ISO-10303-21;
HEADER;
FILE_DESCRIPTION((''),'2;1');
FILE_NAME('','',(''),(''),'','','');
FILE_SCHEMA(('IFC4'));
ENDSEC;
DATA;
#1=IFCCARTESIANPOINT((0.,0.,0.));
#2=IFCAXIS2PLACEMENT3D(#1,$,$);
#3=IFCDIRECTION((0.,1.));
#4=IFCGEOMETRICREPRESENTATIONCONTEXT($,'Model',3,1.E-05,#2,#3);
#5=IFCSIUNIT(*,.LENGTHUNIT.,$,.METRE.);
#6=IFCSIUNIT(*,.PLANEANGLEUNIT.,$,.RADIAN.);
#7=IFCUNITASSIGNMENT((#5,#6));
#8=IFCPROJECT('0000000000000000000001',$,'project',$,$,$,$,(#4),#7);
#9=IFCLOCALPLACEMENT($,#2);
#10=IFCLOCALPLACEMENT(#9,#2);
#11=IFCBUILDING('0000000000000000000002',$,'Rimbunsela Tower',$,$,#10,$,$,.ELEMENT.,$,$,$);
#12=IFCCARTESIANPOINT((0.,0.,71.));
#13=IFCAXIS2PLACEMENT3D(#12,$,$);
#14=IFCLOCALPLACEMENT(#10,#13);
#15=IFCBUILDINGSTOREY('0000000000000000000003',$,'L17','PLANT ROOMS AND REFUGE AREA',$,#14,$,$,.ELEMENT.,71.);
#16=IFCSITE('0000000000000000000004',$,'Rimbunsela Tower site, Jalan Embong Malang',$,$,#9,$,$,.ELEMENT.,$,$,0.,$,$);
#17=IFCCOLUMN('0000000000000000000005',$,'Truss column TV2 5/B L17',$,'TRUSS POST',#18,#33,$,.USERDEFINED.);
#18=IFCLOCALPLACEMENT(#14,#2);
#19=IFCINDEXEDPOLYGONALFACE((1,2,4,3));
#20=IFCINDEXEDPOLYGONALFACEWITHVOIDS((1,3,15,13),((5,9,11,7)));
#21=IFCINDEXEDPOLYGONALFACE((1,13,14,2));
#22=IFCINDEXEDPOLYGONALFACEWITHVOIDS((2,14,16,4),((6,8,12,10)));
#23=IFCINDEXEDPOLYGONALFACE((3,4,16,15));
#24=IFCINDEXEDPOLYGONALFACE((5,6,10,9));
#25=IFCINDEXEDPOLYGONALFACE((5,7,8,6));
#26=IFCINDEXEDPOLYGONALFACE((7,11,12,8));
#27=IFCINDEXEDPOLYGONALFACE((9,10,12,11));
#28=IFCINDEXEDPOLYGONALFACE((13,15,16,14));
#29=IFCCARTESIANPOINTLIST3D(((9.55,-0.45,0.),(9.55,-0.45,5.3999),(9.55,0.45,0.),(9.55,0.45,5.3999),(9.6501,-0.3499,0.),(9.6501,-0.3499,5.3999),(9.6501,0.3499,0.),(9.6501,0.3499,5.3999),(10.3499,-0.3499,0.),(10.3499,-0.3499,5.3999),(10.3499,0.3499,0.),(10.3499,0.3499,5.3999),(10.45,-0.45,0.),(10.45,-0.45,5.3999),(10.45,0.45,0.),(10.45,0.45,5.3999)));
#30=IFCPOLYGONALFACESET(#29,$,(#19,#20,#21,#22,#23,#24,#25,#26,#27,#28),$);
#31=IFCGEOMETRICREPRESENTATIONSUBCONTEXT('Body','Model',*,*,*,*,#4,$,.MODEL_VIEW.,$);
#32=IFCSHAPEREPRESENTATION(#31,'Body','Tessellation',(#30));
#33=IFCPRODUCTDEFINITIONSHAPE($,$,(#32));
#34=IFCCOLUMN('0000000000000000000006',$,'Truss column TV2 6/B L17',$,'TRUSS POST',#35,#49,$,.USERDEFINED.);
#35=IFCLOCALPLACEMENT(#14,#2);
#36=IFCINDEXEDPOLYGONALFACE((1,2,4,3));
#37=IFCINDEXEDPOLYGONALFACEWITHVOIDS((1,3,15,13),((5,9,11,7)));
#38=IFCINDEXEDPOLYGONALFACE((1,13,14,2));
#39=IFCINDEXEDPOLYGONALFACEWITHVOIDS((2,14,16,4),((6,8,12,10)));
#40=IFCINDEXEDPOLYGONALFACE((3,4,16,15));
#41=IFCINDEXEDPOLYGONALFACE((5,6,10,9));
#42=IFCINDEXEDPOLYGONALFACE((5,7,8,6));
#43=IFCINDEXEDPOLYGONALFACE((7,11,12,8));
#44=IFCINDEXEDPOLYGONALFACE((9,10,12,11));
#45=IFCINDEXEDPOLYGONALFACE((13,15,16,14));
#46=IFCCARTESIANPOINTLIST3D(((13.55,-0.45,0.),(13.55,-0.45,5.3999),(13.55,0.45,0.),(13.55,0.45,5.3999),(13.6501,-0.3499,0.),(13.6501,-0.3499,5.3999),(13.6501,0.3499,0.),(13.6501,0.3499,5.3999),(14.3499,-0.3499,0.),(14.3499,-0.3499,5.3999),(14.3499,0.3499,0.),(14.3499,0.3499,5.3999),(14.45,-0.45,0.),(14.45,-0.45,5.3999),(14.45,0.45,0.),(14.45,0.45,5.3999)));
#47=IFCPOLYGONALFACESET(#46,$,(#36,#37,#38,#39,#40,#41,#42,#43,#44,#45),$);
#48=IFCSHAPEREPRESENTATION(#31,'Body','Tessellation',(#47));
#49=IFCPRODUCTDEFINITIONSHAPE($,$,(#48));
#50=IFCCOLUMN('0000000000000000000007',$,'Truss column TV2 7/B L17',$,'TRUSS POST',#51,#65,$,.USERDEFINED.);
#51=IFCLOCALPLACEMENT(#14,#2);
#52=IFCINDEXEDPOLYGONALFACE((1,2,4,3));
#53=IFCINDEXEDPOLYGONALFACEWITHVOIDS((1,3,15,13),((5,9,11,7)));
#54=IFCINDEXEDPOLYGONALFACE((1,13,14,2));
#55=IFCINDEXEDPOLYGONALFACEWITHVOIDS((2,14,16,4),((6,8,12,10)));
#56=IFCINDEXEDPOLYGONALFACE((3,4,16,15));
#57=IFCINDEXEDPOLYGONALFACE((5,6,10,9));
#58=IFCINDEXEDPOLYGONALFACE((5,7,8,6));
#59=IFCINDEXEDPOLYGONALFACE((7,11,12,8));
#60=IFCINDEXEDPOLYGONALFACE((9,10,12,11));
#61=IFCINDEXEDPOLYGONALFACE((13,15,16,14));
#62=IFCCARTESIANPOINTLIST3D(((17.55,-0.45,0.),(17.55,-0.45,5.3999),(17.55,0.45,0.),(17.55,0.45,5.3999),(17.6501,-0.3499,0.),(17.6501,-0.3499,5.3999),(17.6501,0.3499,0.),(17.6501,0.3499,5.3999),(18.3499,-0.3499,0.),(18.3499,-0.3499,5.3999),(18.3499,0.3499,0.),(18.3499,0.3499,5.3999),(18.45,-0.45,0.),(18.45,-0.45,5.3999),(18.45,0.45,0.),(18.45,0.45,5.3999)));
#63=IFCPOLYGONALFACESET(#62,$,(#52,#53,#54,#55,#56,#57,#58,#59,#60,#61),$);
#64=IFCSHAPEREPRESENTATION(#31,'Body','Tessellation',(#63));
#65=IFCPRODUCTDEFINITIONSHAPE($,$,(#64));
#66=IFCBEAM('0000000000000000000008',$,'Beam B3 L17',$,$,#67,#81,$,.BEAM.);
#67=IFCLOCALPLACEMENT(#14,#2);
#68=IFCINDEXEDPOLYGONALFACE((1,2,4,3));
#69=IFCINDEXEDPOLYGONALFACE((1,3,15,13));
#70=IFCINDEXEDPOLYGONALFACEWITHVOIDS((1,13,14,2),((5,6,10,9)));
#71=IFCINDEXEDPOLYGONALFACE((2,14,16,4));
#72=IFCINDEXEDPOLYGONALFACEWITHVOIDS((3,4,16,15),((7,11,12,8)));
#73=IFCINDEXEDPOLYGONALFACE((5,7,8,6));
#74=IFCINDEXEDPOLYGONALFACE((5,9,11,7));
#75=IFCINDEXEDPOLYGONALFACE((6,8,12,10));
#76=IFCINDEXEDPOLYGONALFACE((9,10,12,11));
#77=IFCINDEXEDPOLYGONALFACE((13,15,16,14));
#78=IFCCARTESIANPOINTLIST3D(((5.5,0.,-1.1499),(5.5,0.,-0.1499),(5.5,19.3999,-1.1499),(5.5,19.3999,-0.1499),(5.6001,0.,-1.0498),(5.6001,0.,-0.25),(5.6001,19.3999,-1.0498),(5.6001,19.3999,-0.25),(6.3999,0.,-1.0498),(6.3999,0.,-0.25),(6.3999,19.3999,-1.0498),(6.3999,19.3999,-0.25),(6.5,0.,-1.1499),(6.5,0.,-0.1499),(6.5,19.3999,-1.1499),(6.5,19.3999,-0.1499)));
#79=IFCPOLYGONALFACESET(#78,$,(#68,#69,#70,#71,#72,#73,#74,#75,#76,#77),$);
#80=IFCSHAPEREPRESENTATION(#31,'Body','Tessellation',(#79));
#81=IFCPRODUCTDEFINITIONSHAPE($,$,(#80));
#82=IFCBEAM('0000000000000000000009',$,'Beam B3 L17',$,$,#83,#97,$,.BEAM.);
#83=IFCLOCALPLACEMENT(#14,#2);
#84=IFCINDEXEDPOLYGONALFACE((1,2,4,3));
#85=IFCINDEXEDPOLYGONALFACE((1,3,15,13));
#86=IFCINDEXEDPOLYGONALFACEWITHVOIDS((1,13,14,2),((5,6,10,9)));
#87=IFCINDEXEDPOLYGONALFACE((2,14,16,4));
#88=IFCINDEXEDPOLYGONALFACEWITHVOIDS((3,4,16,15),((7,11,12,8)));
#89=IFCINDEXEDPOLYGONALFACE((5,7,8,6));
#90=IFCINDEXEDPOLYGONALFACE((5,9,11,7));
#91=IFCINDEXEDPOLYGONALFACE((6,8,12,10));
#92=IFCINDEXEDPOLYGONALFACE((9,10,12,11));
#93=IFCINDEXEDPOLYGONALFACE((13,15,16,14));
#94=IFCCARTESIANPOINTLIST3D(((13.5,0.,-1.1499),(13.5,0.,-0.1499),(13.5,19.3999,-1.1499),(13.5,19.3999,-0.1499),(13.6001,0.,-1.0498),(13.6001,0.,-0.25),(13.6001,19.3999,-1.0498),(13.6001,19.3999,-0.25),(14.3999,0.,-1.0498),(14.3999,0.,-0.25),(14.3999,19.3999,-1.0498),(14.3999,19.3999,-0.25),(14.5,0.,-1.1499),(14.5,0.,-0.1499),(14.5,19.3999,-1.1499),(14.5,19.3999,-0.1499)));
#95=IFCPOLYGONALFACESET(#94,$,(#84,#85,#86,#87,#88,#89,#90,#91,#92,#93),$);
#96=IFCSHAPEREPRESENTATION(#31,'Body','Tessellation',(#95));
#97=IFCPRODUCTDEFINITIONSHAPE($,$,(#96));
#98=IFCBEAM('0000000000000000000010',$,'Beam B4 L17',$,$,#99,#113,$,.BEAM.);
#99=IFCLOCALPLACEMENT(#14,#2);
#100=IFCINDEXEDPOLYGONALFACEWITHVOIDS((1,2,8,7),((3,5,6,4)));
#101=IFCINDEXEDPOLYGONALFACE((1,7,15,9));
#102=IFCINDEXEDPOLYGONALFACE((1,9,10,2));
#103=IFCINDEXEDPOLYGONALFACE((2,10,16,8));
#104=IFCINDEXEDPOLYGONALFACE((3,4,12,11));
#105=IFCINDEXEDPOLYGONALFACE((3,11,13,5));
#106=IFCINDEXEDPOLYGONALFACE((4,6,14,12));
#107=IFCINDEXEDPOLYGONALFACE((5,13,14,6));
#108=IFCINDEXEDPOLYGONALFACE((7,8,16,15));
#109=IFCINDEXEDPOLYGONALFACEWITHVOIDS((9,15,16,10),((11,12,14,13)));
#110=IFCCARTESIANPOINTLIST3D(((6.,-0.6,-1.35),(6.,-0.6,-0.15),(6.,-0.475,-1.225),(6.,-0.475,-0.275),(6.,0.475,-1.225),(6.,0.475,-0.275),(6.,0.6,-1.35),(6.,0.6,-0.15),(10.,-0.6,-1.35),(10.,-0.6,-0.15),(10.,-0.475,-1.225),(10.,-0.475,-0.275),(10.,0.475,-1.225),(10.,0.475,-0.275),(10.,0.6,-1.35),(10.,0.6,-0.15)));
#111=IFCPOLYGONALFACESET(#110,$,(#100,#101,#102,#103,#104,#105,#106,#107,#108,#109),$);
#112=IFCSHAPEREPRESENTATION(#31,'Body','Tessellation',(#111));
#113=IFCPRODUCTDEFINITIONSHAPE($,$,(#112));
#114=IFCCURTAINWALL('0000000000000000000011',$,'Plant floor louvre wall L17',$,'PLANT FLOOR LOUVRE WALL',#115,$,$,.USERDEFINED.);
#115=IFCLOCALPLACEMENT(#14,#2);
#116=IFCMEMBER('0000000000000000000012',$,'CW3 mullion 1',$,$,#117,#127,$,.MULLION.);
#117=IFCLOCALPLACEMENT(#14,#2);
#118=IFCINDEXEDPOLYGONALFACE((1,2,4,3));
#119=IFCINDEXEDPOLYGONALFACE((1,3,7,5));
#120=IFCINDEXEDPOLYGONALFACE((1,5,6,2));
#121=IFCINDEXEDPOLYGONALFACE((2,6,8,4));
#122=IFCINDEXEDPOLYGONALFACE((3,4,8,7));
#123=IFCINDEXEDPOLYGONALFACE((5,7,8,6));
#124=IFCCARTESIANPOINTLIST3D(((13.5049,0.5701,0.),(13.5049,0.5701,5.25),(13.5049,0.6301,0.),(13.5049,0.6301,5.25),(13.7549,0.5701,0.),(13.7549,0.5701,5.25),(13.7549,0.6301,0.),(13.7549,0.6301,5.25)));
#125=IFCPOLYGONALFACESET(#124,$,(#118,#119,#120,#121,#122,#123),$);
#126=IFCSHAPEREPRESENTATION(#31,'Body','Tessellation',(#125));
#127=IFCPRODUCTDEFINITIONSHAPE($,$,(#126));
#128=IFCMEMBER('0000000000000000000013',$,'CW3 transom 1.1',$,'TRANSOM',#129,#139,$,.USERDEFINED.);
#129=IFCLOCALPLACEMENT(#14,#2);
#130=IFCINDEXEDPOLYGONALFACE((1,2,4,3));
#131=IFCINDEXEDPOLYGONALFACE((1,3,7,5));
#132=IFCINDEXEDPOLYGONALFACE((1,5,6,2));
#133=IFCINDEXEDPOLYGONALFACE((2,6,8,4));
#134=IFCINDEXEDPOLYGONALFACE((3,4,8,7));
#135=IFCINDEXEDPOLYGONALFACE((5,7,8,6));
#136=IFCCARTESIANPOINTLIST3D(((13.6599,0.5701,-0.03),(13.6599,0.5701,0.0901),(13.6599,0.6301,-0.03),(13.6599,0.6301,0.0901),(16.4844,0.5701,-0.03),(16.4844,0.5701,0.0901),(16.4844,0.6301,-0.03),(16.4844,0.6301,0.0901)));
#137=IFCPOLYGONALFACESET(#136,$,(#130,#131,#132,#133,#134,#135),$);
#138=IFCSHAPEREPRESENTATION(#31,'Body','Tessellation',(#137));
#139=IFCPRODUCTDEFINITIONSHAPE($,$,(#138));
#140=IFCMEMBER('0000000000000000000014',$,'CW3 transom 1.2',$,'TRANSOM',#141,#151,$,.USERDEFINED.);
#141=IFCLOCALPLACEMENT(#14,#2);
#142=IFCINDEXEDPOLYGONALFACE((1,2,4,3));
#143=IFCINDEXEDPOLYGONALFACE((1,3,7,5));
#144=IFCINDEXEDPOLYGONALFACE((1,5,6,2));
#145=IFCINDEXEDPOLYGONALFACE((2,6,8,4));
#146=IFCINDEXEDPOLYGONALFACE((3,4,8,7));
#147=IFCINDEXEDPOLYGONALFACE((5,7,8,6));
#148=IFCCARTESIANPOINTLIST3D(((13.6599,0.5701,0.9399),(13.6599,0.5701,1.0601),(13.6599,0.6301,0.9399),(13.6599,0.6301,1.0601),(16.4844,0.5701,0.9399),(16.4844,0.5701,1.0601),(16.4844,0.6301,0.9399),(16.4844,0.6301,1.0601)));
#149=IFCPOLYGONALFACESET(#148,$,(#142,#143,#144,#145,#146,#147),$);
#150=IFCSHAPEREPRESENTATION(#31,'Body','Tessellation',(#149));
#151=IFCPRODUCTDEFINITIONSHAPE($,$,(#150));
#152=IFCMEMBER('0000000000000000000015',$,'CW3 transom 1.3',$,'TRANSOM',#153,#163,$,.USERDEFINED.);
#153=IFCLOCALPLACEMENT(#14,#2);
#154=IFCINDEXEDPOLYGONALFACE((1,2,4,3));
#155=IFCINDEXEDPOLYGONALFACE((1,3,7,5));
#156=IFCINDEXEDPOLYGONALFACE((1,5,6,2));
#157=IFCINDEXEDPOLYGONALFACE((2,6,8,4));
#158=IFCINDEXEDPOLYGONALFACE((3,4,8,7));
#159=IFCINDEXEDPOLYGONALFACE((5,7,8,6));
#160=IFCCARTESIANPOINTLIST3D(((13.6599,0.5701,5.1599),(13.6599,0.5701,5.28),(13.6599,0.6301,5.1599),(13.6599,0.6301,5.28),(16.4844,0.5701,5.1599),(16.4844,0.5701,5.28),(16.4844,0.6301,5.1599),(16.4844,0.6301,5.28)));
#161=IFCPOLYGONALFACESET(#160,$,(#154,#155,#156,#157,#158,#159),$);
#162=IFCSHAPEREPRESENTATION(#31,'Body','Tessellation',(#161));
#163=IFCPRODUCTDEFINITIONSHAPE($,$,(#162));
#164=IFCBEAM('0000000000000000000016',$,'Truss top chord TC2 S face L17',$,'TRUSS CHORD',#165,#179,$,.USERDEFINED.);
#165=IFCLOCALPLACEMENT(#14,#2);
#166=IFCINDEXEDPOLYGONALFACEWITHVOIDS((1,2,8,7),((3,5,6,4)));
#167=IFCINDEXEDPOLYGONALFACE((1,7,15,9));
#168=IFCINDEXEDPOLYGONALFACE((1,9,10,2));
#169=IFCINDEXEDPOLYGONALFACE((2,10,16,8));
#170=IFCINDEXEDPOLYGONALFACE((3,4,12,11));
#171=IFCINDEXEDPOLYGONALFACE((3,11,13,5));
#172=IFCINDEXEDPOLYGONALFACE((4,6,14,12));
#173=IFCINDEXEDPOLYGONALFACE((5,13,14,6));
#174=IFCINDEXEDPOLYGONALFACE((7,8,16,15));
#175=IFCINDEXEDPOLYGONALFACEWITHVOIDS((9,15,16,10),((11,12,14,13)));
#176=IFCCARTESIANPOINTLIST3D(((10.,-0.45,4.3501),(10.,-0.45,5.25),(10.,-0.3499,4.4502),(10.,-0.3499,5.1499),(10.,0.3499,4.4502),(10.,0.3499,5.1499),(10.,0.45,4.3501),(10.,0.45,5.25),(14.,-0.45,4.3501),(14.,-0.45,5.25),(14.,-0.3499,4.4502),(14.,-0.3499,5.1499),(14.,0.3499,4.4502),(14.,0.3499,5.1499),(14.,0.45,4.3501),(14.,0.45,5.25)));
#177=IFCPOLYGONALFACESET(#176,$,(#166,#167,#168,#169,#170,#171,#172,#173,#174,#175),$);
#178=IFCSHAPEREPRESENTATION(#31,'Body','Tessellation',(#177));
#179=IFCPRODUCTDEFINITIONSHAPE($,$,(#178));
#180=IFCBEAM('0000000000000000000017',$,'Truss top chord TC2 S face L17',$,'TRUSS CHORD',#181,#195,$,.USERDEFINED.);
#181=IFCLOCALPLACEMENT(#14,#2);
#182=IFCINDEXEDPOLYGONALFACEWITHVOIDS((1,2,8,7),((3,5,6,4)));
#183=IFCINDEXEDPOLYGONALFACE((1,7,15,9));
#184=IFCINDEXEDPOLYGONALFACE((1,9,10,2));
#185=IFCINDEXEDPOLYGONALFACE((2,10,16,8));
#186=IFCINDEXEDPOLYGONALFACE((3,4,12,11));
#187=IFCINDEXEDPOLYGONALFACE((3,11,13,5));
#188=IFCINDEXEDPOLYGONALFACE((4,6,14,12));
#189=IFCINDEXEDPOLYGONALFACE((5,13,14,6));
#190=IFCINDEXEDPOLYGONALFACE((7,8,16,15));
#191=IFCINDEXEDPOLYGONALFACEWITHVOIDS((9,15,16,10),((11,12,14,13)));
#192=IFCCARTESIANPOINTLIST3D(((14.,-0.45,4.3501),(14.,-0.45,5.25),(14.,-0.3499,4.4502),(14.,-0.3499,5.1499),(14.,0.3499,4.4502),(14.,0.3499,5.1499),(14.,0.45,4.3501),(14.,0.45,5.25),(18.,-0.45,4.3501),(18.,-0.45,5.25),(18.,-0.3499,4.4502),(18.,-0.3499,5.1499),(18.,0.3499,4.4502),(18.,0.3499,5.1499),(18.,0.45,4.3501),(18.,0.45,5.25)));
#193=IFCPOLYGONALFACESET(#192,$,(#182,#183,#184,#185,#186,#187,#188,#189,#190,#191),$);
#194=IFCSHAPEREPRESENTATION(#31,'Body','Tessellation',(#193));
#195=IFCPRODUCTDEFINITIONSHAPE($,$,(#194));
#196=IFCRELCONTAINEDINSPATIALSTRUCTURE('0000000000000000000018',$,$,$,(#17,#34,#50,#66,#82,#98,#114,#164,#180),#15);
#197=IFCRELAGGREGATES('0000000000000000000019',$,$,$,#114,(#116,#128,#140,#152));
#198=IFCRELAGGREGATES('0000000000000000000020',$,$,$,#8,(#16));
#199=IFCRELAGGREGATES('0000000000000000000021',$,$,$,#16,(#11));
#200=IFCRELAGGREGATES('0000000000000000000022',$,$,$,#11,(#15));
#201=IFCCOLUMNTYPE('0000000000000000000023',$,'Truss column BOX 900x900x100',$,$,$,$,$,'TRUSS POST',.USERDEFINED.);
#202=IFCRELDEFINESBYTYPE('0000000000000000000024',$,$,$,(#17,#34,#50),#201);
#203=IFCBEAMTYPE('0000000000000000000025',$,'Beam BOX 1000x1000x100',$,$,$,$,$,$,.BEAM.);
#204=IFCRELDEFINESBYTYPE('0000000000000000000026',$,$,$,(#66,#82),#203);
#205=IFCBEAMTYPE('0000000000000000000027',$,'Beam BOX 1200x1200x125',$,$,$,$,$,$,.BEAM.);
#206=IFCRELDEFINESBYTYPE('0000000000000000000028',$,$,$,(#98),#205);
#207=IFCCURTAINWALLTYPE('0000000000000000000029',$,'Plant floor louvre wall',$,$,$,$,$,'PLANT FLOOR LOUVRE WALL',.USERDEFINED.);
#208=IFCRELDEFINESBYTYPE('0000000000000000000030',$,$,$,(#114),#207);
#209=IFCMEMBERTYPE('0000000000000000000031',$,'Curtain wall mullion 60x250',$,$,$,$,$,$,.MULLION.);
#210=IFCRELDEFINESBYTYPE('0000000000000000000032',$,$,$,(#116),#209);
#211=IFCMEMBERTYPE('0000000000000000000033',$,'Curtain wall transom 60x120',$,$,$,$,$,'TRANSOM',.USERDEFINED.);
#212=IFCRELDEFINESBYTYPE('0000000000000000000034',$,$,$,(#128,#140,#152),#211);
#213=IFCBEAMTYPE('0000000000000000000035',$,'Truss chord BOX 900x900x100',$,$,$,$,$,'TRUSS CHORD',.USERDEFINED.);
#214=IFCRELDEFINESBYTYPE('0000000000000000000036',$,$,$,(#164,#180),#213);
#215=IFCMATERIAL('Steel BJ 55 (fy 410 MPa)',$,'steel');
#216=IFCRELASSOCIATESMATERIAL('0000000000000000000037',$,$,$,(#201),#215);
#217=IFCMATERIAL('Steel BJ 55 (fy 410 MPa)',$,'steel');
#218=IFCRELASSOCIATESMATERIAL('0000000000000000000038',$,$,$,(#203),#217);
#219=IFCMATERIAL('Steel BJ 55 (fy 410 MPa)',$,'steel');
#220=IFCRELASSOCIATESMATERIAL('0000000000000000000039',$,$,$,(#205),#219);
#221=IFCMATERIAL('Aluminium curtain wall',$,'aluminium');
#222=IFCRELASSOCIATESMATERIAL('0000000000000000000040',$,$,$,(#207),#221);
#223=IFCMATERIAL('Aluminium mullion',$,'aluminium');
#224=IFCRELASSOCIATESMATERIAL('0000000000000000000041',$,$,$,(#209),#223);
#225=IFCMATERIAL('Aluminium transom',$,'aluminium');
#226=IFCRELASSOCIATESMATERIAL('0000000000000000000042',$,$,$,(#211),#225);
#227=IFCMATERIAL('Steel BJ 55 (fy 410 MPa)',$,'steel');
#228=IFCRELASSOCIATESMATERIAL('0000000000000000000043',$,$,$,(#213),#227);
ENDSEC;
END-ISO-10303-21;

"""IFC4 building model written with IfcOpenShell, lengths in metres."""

from ifc_helpers import new_model, si_unit, direction, frame, origin, origin_2d, place, context, subcontext, project, spatial, rectangle, hollow_rectangle, extrude, material, material_profile, profile_set, type_object, element, aggregate, save


model = new_model("IFC4")

# Units and contexts
model_context = context("Model", 3, precision=1e-05, world=origin(), true_north=direction((0.0, 1.0)))
body_context = subcontext(model_context, "Body", "Model", "MODEL_VIEW")
ifc_project = project(units=[si_unit("LENGTHUNIT", "METRE"), si_unit("PLANEANGLEUNIT", "RADIAN")], contexts=[model_context])

# Site, building, storey
site_placement = place(None, origin())
site = spatial("IfcSite", under=ifc_project, at=site_placement, Name="Rimbunsela Tower site, Jalan Embong Malang", CompositionType="ELEMENT", RefElevation=0.0)
building_placement = place(site_placement, origin())
building = spatial("IfcBuilding", under=site, at=building_placement, Name="Rimbunsela Tower", CompositionType="ELEMENT")
storey_placement = place(building_placement, frame((0.0, 0.0, 71.0)))
storey = spatial("IfcBuildingStorey", under=building, at=storey_placement, Name="L17", Description="PLANT ROOMS AND REFUGE AREA", CompositionType="ELEMENT", Elevation=71.0)

# Columns
ifc_material_1 = material(Name="Steel BJ 55 (fy 410 MPa)", Category="steel")
ifc_material_profile_1 = material_profile(ifc_material_1, hollow_rectangle(XDim=0.8999, YDim=0.8999, WallThickness=0.1001, at=origin_2d()), Name="BOX 900x900x100")
ifc_profile_set_1 = profile_set([ifc_material_profile_1], Name="Steel BJ 55 (fy 410 MPa)")
column_type = type_object("IfcColumnType", Name="Truss column BOX 900x900x100", ElementType="TRUSS POST", PredefinedType="USERDEFINED", material=ifc_profile_set_1)
for number, where, z_axis, x_axis, name in (
    (1, (10.0, 0.0, 0.0), (0.0, 0.0, 1.0), (1.0, 0.0, 0.0), "Truss column TV2 5/B L17"),
    (2, (14.0, 0.0, 0.0), (0.0, 0.0, 1.0), (1.0, 0.0, 0.0), "Truss column TV2 6/B L17"),
    (3, (18.0, 0.0, 0.0), (0.0, 0.0, 1.0), (1.0, 0.0, 0.0), "Truss column TV2 7/B L17"),
):
    element("IfcColumn", number, at=place(storey_placement, frame(where, z_axis=z_axis, x_axis=x_axis)), inside=storey, type_object=column_type, Name=name, ObjectType="TRUSS POST", PredefinedType="USERDEFINED", context=body_context, shape_type="SweptSolid", body=[
        extrude(hollow_rectangle(XDim=0.8999, YDim=0.8999, WallThickness=0.1001, at=origin_2d()), origin(), (0.0, 0.0, 1.0), 5.3999),
    ])

# Beams
ifc_material_2 = material(Name="Steel BJ 55 (fy 410 MPa)", Category="steel")
ifc_material_profile_2 = material_profile(ifc_material_2, hollow_rectangle(XDim=1.0, YDim=1.0, WallThickness=0.1001, at=origin_2d()), Name="BOX 1000x1000x100")
ifc_profile_set_2 = profile_set([ifc_material_profile_2], Name="Steel BJ 55 (fy 410 MPa)")
beam_type_1 = type_object("IfcBeamType", Name="Beam BOX 1000x1000x100", PredefinedType="BEAM", material=ifc_profile_set_2)
for number, where, z_axis, x_axis, name in (
    (4, (6.0, 0.0, -0.6499), (0.0, 1.0, 0.0), (-1.0, 0.0, 0.0), "Beam B3 L17"),
    (5, (14.0, 0.0, -0.6499), (0.0, 1.0, 0.0), (-1.0, 0.0, 0.0), "Beam B3 L17"),
):
    element("IfcBeam", number, at=place(storey_placement, frame(where, z_axis=z_axis, x_axis=x_axis)), inside=storey, type_object=beam_type_1, Name=name, PredefinedType="BEAM", context=body_context, shape_type="SweptSolid", body=[
        extrude(hollow_rectangle(XDim=1.0, YDim=1.0, WallThickness=0.1001, at=origin_2d()), origin(), (0.0, 0.0, 1.0), 19.3999),
    ])
ifc_material_3 = material(Name="Steel BJ 55 (fy 410 MPa)", Category="steel")
ifc_material_profile_3 = material_profile(ifc_material_3, hollow_rectangle(XDim=1.2, YDim=1.2, WallThickness=0.125, at=origin_2d()), Name="BOX 1200x1200x125")
ifc_profile_set_3 = profile_set([ifc_material_profile_3], Name="Steel BJ 55 (fy 410 MPa)")
beam_type_2 = type_object("IfcBeamType", Name="Beam BOX 1200x1200x125", PredefinedType="BEAM", material=ifc_profile_set_3)
beam_1_placement = place(storey_placement, frame((6.0, 0.0, -0.75), z_axis=(1.0, 0.0, 0.0), x_axis=(0.0, 1.0, 0.0)))
element("IfcBeam", 6, at=beam_1_placement, inside=storey, type_object=beam_type_2, Name="Beam B4 L17", PredefinedType="BEAM", context=body_context, shape_type="SweptSolid", body=[
    extrude(hollow_rectangle(XDim=1.2, YDim=1.2, WallThickness=0.125, at=origin_2d()), origin(), (0.0, 0.0, 1.0), 4.0),
])

# Curtain wall, members
ifc_material_4 = material(Name="Aluminium curtain wall", Category="aluminium")
curtain_wall_type = type_object("IfcCurtainWallType", Name="Plant floor louvre wall", ElementType="PLANT FLOOR LOUVRE WALL", PredefinedType="USERDEFINED", material=ifc_material_4)
curtain_wall_placement = place(storey_placement, origin())
curtain_wall = element("IfcCurtainWall", 7, at=curtain_wall_placement, inside=storey, type_object=curtain_wall_type, Name="Plant floor louvre wall L17", ObjectType="PLANT FLOOR LOUVRE WALL", PredefinedType="USERDEFINED")
ifc_material_5 = material(Name="Aluminium mullion", Category="aluminium")
ifc_material_profile_4 = material_profile(ifc_material_5, rectangle(XDim=0.0601, YDim=0.25, at=origin_2d()), Name="Mullion 60x250")
ifc_profile_set_4 = profile_set([ifc_material_profile_4], Name="Aluminium mullion")
member_type_1 = type_object("IfcMemberType", Name="Curtain wall mullion 60x250", PredefinedType="MULLION", material=ifc_profile_set_4)
member_1_placement = place(storey_placement, frame((13.6299, 0.6001, 0.0), z_axis=(0.0, 0.0, 1.0), x_axis=(0.0, 1.0, 0.0)))
member_1 = element("IfcMember", 8, at=member_1_placement, type_object=member_type_1, Name="CW3 mullion 1", PredefinedType="MULLION", context=body_context, shape_type="SweptSolid", body=[
    extrude(rectangle(XDim=0.0601, YDim=0.25, at=origin_2d()), origin(), (0.0, 0.0, 1.0), 5.25),
])
ifc_material_6 = material(Name="Aluminium transom", Category="aluminium")
ifc_material_profile_5 = material_profile(ifc_material_6, rectangle(XDim=0.0601, YDim=0.1201, at=origin_2d()), Name="Transom 60x120")
ifc_profile_set_5 = profile_set([ifc_material_profile_5], Name="Aluminium transom")
member_type_2 = type_object("IfcMemberType", Name="Curtain wall transom 60x120", ElementType="TRANSOM", PredefinedType="USERDEFINED", material=ifc_profile_set_5)
member_2_placement = place(storey_placement, frame((13.6599, 0.6001, 0.03), z_axis=(1.0, 0.0, 0.0), x_axis=(0.0, 1.0, 0.0)))
member_2 = element("IfcMember", 9, at=member_2_placement, type_object=member_type_2, Name="CW3 transom 1.1", ObjectType="TRANSOM", PredefinedType="USERDEFINED", context=body_context, shape_type="SweptSolid", body=[
    extrude(rectangle(XDim=0.0601, YDim=0.1201, at=origin_2d()), origin(), (0.0, 0.0, 1.0), 2.8245),
])
member_3_placement = place(storey_placement, frame((13.6599, 0.6001, 1.0), z_axis=(1.0, 0.0, 0.0), x_axis=(0.0, 1.0, 0.0)))
member_3 = element("IfcMember", 10, at=member_3_placement, type_object=member_type_2, Name="CW3 transom 1.2", ObjectType="TRANSOM", PredefinedType="USERDEFINED", context=body_context, shape_type="SweptSolid", body=[
    extrude(rectangle(XDim=0.0601, YDim=0.1201, at=origin_2d()), origin(), (0.0, 0.0, 1.0), 2.8245),
])
member_4_placement = place(storey_placement, frame((13.6599, 0.6001, 5.22), z_axis=(1.0, 0.0, 0.0), x_axis=(0.0, 1.0, 0.0)))
member_4 = element("IfcMember", 11, at=member_4_placement, type_object=member_type_2, Name="CW3 transom 1.3", ObjectType="TRANSOM", PredefinedType="USERDEFINED", context=body_context, shape_type="SweptSolid", body=[
    extrude(rectangle(XDim=0.0601, YDim=0.1201, at=origin_2d()), origin(), (0.0, 0.0, 1.0), 2.8245),
])
aggregate(curtain_wall, [member_1, member_2, member_3, member_4])

# Beams
ifc_material_7 = material(Name="Steel BJ 55 (fy 410 MPa)", Category="steel")
ifc_material_profile_6 = material_profile(ifc_material_7, hollow_rectangle(XDim=0.8999, YDim=0.8999, WallThickness=0.1001, at=origin_2d()), Name="BOX 900x900x100")
ifc_profile_set_6 = profile_set([ifc_material_profile_6], Name="Steel BJ 55 (fy 410 MPa)")
beam_type_3 = type_object("IfcBeamType", Name="Truss chord BOX 900x900x100", ElementType="TRUSS CHORD", PredefinedType="USERDEFINED", material=ifc_profile_set_6)
for number, where, z_axis, x_axis, name in (
    (12, (10.0, 0.0, 4.8), (1.0, 0.0, 0.0), (0.0, 1.0, 0.0), "Truss top chord TC2 S face L17"),
    (13, (14.0, 0.0, 4.8), (1.0, 0.0, 0.0), (0.0, 1.0, 0.0), "Truss top chord TC2 S face L17"),
):
    element("IfcBeam", number, at=place(storey_placement, frame(where, z_axis=z_axis, x_axis=x_axis)), inside=storey, type_object=beam_type_3, Name=name, ObjectType="TRUSS CHORD", PredefinedType="USERDEFINED", context=body_context, shape_type="SweptSolid", body=[
        extrude(hollow_rectangle(XDim=0.8999, YDim=0.8999, WallThickness=0.1001, at=origin_2d()), origin(), (0.0, 0.0, 1.0), 4.0),
    ])

save(model, "model.ifc")
